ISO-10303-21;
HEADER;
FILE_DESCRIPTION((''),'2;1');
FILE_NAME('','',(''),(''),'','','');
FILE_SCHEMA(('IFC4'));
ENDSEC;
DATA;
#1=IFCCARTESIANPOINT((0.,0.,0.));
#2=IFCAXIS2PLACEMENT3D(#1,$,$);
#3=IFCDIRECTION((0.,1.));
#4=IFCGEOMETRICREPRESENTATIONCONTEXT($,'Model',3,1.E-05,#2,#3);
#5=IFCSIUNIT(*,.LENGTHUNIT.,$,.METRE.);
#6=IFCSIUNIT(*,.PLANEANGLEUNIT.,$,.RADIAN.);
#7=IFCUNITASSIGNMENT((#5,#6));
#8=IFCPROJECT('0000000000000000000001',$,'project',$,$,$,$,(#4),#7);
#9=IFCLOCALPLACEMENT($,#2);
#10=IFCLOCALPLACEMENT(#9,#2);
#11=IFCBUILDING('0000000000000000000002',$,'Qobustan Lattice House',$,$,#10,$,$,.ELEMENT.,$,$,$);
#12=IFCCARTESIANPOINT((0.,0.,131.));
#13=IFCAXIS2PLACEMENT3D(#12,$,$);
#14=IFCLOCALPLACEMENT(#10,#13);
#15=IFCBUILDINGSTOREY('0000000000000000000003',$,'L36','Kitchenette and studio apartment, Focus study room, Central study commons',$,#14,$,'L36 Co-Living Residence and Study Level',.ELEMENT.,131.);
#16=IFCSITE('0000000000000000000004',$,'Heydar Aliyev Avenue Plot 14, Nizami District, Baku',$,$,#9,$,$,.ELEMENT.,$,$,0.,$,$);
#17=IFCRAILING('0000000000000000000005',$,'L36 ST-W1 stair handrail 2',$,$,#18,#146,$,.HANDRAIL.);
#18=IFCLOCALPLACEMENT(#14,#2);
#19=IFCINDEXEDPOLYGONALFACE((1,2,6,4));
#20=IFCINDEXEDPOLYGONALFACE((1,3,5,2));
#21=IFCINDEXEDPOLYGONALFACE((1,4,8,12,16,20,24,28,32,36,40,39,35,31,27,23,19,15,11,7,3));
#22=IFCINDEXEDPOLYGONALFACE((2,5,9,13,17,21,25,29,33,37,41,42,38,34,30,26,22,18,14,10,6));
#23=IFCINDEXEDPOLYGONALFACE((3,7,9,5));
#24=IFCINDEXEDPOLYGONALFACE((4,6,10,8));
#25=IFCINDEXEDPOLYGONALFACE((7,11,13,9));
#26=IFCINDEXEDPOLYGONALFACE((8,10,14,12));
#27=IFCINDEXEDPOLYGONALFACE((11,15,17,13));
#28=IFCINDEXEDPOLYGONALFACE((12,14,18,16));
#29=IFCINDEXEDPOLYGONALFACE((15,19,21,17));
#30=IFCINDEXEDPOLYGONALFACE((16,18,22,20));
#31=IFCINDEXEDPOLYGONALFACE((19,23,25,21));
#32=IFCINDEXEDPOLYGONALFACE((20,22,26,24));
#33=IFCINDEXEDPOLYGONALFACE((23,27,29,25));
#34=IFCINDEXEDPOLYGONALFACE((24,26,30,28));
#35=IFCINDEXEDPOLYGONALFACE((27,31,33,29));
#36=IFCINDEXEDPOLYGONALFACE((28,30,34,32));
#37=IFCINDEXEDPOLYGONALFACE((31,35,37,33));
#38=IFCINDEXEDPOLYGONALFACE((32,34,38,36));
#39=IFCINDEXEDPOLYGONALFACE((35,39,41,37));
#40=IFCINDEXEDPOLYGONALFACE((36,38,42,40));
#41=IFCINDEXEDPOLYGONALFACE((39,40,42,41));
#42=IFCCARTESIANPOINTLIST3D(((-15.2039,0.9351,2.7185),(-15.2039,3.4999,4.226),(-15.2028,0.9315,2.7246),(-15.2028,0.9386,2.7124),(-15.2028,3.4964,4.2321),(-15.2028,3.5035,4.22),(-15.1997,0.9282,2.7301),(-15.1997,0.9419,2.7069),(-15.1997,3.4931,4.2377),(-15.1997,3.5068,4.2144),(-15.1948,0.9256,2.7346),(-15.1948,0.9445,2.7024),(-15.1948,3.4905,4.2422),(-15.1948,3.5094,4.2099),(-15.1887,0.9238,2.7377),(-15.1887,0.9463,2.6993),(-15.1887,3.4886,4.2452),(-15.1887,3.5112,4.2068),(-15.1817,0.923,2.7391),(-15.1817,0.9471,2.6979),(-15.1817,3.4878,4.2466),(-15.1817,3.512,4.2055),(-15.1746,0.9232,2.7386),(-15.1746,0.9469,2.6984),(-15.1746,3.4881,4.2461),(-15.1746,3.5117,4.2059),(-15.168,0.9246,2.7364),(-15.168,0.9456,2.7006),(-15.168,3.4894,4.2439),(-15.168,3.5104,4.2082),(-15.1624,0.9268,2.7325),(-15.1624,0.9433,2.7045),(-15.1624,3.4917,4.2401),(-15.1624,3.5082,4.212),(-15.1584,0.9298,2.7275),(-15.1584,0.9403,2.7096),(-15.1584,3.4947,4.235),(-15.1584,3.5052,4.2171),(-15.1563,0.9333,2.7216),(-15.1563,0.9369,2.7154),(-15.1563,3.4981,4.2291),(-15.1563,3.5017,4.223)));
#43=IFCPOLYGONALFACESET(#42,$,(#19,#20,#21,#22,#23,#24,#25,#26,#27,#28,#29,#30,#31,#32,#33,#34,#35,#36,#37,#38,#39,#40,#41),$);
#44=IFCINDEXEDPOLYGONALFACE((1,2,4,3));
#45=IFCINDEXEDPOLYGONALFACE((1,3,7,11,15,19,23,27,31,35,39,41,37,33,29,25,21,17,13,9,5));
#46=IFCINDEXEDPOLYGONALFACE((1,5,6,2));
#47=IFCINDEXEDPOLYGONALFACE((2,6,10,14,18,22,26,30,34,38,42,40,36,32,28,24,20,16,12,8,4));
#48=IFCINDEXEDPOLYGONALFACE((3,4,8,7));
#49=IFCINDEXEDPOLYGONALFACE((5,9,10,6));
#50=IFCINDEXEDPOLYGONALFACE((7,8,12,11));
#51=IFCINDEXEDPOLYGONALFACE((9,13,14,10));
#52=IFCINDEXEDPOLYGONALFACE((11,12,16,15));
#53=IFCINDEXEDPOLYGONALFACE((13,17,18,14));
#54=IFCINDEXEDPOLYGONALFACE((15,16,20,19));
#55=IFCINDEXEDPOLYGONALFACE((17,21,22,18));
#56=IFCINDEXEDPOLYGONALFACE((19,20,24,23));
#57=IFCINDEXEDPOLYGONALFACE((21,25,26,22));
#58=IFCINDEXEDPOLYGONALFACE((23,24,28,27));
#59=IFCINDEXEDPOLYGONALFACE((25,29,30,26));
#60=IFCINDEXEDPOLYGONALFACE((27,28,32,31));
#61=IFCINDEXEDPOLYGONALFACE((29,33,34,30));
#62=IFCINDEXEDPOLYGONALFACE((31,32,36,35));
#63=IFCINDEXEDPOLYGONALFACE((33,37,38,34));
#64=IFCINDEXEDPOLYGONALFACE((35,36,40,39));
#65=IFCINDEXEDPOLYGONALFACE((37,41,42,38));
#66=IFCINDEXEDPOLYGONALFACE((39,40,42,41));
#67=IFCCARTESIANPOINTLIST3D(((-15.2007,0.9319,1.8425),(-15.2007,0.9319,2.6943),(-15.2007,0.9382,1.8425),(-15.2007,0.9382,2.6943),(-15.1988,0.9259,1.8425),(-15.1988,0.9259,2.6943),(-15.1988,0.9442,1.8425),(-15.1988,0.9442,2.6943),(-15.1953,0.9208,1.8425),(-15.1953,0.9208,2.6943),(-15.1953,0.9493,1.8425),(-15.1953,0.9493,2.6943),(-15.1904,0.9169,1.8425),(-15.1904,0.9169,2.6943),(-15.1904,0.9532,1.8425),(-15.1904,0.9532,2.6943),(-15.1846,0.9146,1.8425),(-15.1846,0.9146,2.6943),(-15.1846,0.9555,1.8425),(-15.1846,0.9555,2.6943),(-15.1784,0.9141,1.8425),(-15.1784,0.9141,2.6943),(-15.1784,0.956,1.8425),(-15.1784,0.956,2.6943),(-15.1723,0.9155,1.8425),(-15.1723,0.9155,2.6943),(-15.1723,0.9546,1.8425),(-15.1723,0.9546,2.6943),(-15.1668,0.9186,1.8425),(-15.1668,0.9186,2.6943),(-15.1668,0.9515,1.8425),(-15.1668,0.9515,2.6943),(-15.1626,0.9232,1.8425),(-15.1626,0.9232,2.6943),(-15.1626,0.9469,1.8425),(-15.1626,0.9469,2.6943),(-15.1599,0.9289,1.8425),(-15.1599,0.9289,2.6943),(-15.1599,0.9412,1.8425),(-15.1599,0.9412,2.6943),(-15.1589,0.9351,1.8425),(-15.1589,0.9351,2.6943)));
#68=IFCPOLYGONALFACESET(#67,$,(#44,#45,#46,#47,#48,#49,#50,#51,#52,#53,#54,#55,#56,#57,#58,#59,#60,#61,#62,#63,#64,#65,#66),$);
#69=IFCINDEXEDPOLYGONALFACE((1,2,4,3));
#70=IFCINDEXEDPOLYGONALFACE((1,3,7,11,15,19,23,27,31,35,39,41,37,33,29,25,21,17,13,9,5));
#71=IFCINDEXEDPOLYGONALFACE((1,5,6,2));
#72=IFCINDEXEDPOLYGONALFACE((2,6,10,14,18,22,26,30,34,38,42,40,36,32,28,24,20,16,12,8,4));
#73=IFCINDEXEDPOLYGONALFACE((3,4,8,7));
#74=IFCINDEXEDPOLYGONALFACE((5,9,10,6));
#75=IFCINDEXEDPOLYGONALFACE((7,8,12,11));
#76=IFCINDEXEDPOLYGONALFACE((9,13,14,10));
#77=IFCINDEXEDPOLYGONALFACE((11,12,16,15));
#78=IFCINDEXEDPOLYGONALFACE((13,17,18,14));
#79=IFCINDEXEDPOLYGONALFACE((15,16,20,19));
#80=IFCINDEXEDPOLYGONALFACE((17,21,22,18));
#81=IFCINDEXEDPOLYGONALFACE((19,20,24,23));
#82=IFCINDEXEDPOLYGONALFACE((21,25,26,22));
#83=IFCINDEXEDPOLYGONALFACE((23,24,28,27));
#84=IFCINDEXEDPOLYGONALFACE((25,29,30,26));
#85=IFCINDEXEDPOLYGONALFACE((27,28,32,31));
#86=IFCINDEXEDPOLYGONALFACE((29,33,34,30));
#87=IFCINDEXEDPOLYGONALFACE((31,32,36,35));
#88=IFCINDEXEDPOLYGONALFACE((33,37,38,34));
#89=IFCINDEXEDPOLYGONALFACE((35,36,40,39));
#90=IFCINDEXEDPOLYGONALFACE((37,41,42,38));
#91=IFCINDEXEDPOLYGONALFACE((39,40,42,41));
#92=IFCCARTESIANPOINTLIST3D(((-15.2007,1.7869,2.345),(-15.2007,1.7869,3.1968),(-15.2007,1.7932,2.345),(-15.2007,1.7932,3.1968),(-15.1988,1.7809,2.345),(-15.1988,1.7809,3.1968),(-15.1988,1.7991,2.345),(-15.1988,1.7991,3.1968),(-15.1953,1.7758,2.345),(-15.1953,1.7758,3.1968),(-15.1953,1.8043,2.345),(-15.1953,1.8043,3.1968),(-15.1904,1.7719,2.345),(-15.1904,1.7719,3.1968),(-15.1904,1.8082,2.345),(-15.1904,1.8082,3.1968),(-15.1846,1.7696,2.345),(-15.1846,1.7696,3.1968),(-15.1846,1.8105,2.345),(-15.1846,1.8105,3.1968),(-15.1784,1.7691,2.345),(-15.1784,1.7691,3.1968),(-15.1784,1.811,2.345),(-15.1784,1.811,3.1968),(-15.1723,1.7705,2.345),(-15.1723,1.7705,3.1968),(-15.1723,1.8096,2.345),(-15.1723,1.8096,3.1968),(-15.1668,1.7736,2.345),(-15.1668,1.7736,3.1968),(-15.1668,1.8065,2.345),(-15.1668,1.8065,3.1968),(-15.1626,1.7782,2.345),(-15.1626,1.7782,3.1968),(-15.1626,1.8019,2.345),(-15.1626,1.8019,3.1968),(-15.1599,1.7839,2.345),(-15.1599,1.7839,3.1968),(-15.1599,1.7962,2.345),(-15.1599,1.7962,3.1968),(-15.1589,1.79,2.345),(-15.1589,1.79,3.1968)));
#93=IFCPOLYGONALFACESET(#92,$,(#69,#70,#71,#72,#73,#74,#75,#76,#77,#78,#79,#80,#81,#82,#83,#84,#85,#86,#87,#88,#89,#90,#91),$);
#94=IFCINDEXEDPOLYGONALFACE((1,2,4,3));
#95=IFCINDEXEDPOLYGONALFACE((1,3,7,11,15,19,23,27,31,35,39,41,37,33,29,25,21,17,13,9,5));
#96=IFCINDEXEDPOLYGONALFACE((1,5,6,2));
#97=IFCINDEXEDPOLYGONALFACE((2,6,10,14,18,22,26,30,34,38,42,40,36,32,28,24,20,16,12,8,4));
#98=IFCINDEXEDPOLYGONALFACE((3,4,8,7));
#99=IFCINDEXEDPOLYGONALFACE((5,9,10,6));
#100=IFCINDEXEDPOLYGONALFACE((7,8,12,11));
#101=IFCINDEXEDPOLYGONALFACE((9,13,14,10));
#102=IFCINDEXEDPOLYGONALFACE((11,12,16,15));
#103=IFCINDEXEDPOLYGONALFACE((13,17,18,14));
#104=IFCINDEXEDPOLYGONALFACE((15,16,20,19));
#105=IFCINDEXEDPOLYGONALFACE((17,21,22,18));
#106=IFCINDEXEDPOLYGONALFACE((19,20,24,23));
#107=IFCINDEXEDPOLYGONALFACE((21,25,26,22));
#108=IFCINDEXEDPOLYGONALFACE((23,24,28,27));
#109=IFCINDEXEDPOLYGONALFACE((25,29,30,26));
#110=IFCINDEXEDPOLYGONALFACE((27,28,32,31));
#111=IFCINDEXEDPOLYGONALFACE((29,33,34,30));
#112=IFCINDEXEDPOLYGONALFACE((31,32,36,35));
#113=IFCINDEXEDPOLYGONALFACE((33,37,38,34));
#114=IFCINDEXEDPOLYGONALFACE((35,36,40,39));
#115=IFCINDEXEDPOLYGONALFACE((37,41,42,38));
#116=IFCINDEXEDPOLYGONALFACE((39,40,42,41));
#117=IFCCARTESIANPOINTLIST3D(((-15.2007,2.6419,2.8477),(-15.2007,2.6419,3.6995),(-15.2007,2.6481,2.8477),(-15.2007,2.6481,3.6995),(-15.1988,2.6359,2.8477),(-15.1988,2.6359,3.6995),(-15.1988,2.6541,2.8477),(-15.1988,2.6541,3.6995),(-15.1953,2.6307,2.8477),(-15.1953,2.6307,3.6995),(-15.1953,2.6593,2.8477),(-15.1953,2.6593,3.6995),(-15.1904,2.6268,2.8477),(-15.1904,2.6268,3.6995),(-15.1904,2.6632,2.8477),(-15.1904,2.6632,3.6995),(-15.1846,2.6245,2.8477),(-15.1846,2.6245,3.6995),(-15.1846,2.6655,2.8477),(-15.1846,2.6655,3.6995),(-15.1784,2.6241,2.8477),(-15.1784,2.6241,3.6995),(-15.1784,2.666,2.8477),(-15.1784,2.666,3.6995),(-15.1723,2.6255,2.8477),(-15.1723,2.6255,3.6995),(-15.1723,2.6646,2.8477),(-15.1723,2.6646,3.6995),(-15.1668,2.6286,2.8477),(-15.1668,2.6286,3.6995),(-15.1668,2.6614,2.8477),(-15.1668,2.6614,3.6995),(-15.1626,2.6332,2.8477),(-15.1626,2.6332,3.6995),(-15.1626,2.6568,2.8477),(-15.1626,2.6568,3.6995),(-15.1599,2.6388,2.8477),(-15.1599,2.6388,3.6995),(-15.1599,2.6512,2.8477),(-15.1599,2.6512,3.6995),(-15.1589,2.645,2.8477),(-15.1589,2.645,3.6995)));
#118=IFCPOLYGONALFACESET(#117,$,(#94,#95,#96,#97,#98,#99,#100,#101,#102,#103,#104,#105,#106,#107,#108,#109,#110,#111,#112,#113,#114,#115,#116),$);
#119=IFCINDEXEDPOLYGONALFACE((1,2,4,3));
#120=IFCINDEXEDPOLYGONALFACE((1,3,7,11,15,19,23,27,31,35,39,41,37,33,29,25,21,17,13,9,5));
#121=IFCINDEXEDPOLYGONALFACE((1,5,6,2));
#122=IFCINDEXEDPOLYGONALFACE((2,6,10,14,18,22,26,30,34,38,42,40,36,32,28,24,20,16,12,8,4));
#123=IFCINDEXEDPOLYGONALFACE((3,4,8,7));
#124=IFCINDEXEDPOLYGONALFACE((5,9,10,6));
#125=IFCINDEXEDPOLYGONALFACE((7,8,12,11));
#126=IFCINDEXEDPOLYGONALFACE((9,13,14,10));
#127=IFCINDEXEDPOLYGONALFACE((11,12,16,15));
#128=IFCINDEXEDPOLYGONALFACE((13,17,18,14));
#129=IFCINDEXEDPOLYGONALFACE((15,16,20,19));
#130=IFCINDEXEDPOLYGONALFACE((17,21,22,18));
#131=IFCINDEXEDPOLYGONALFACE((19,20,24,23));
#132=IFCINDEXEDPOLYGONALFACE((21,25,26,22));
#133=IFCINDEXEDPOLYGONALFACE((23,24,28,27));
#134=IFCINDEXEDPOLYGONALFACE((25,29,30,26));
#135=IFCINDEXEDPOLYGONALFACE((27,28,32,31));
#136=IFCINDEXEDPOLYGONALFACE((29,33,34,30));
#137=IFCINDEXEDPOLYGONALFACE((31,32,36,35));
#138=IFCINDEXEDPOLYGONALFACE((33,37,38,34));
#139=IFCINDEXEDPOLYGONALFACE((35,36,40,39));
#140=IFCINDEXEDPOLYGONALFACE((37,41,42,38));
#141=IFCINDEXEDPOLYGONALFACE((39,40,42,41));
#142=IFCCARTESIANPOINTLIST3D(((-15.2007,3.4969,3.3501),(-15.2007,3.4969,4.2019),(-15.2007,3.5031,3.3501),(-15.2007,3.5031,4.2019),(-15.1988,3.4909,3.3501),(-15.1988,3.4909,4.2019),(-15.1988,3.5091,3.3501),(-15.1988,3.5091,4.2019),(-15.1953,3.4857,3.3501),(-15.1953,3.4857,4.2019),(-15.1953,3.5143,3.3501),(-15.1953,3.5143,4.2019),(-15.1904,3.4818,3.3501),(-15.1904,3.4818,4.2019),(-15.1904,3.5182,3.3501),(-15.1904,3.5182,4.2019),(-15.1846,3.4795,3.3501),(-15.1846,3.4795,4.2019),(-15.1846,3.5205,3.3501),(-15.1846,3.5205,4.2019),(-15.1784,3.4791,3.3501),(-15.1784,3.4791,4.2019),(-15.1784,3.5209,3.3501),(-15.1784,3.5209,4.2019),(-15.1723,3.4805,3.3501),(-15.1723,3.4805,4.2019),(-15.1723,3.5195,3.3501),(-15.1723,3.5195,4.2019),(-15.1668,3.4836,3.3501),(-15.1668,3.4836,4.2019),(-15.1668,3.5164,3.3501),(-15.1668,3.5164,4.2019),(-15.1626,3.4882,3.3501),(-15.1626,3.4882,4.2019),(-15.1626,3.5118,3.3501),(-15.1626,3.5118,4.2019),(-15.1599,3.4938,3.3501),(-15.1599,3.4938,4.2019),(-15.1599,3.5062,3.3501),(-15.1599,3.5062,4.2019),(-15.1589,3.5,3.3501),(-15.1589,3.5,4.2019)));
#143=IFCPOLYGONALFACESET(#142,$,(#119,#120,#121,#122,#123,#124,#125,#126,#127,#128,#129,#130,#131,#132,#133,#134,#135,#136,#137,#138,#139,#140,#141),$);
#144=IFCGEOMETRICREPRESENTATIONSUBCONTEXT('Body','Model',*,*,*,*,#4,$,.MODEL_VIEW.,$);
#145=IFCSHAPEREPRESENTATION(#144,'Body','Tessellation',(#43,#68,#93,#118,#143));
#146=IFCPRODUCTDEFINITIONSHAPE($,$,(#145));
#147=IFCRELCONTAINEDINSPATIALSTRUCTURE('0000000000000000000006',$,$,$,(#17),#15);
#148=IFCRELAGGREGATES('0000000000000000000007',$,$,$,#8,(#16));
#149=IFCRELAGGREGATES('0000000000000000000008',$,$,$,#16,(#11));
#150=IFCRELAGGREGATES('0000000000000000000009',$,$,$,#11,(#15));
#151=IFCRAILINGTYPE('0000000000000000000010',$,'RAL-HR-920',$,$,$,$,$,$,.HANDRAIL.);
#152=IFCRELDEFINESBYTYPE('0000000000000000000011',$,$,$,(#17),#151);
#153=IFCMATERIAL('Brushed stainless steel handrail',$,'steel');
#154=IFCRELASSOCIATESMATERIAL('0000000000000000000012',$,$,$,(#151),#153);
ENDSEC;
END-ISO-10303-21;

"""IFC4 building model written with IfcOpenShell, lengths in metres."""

from ifc_helpers import new_model, si_unit, direction, frame, origin, origin_2d, place, context, subcontext, project, spatial, circle, extrude, material, type_object, element, save


model = new_model("IFC4")

# Units and contexts
model_context = context("Model", 3, precision=1e-05, world=origin(), true_north=direction((0.0, 1.0)))
body_context = subcontext(model_context, "Body", "Model", "MODEL_VIEW")
ifc_project = project(units=[si_unit("LENGTHUNIT", "METRE"), si_unit("PLANEANGLEUNIT", "RADIAN")], contexts=[model_context])

# Site, building, storey
site_placement = place(None, origin())
site = spatial("IfcSite", under=ifc_project, at=site_placement, Name="Heydar Aliyev Avenue Plot 14, Nizami District, Baku", CompositionType="ELEMENT", RefElevation=0.0)
building_placement = place(site_placement, origin())
building = spatial("IfcBuilding", under=site, at=building_placement, Name="Qobustan Lattice House", CompositionType="ELEMENT")
storey_placement = place(building_placement, frame((0.0, 0.0, 131.0)))
storey = spatial("IfcBuildingStorey", under=building, at=storey_placement, Name="L36", Description="Kitchenette and studio apartment, Focus study room, Central study commons", LongName="L36 Co-Living Residence and Study Level", CompositionType="ELEMENT", Elevation=131.0)

# Railing
ifc_material_1 = material(Name="Brushed stainless steel handrail", Category="steel")
railing_type_1 = type_object("IfcRailingType", Name="RAL-HR-920", PredefinedType="HANDRAIL", material=ifc_material_1)
railing_1_placement = place(storey_placement, frame((-15.1799, 0.9351, 1.8425)))
element("IfcRailing", 1, at=railing_1_placement, inside=storey, type_object=railing_type_1, Name="L36 ST-W1 stair handrail 2", PredefinedType="HANDRAIL", context=body_context, shape_type="SweptSolid", body=[
    extrude(circle(Radius=0.0239, at=origin_2d()), frame((0.0, 0.0, 0.876), z_axis=(0.0, 0.862113, 0.506715), x_axis=(-1.0, 0.0, 0.0)), (0.0, 0.0, 1.0), 2.9751),
    extrude(circle(Radius=0.021, at=origin_2d()), origin(), (0.0, 0.0, 1.0), 0.8518),
    extrude(circle(Radius=0.021, at=origin_2d()), frame((0.0, 0.855, 0.5024)), (0.0, 0.0, 1.0), 0.8518),
    extrude(circle(Radius=0.021, at=origin_2d()), frame((0.0, 1.71, 1.0051)), (0.0, 0.0, 1.0), 0.8518),
    extrude(circle(Radius=0.021, at=origin_2d()), frame((0.0, 2.5649, 1.5076)), (0.0, 0.0, 1.0), 0.8518),
])

save(model, "model.ifc")
